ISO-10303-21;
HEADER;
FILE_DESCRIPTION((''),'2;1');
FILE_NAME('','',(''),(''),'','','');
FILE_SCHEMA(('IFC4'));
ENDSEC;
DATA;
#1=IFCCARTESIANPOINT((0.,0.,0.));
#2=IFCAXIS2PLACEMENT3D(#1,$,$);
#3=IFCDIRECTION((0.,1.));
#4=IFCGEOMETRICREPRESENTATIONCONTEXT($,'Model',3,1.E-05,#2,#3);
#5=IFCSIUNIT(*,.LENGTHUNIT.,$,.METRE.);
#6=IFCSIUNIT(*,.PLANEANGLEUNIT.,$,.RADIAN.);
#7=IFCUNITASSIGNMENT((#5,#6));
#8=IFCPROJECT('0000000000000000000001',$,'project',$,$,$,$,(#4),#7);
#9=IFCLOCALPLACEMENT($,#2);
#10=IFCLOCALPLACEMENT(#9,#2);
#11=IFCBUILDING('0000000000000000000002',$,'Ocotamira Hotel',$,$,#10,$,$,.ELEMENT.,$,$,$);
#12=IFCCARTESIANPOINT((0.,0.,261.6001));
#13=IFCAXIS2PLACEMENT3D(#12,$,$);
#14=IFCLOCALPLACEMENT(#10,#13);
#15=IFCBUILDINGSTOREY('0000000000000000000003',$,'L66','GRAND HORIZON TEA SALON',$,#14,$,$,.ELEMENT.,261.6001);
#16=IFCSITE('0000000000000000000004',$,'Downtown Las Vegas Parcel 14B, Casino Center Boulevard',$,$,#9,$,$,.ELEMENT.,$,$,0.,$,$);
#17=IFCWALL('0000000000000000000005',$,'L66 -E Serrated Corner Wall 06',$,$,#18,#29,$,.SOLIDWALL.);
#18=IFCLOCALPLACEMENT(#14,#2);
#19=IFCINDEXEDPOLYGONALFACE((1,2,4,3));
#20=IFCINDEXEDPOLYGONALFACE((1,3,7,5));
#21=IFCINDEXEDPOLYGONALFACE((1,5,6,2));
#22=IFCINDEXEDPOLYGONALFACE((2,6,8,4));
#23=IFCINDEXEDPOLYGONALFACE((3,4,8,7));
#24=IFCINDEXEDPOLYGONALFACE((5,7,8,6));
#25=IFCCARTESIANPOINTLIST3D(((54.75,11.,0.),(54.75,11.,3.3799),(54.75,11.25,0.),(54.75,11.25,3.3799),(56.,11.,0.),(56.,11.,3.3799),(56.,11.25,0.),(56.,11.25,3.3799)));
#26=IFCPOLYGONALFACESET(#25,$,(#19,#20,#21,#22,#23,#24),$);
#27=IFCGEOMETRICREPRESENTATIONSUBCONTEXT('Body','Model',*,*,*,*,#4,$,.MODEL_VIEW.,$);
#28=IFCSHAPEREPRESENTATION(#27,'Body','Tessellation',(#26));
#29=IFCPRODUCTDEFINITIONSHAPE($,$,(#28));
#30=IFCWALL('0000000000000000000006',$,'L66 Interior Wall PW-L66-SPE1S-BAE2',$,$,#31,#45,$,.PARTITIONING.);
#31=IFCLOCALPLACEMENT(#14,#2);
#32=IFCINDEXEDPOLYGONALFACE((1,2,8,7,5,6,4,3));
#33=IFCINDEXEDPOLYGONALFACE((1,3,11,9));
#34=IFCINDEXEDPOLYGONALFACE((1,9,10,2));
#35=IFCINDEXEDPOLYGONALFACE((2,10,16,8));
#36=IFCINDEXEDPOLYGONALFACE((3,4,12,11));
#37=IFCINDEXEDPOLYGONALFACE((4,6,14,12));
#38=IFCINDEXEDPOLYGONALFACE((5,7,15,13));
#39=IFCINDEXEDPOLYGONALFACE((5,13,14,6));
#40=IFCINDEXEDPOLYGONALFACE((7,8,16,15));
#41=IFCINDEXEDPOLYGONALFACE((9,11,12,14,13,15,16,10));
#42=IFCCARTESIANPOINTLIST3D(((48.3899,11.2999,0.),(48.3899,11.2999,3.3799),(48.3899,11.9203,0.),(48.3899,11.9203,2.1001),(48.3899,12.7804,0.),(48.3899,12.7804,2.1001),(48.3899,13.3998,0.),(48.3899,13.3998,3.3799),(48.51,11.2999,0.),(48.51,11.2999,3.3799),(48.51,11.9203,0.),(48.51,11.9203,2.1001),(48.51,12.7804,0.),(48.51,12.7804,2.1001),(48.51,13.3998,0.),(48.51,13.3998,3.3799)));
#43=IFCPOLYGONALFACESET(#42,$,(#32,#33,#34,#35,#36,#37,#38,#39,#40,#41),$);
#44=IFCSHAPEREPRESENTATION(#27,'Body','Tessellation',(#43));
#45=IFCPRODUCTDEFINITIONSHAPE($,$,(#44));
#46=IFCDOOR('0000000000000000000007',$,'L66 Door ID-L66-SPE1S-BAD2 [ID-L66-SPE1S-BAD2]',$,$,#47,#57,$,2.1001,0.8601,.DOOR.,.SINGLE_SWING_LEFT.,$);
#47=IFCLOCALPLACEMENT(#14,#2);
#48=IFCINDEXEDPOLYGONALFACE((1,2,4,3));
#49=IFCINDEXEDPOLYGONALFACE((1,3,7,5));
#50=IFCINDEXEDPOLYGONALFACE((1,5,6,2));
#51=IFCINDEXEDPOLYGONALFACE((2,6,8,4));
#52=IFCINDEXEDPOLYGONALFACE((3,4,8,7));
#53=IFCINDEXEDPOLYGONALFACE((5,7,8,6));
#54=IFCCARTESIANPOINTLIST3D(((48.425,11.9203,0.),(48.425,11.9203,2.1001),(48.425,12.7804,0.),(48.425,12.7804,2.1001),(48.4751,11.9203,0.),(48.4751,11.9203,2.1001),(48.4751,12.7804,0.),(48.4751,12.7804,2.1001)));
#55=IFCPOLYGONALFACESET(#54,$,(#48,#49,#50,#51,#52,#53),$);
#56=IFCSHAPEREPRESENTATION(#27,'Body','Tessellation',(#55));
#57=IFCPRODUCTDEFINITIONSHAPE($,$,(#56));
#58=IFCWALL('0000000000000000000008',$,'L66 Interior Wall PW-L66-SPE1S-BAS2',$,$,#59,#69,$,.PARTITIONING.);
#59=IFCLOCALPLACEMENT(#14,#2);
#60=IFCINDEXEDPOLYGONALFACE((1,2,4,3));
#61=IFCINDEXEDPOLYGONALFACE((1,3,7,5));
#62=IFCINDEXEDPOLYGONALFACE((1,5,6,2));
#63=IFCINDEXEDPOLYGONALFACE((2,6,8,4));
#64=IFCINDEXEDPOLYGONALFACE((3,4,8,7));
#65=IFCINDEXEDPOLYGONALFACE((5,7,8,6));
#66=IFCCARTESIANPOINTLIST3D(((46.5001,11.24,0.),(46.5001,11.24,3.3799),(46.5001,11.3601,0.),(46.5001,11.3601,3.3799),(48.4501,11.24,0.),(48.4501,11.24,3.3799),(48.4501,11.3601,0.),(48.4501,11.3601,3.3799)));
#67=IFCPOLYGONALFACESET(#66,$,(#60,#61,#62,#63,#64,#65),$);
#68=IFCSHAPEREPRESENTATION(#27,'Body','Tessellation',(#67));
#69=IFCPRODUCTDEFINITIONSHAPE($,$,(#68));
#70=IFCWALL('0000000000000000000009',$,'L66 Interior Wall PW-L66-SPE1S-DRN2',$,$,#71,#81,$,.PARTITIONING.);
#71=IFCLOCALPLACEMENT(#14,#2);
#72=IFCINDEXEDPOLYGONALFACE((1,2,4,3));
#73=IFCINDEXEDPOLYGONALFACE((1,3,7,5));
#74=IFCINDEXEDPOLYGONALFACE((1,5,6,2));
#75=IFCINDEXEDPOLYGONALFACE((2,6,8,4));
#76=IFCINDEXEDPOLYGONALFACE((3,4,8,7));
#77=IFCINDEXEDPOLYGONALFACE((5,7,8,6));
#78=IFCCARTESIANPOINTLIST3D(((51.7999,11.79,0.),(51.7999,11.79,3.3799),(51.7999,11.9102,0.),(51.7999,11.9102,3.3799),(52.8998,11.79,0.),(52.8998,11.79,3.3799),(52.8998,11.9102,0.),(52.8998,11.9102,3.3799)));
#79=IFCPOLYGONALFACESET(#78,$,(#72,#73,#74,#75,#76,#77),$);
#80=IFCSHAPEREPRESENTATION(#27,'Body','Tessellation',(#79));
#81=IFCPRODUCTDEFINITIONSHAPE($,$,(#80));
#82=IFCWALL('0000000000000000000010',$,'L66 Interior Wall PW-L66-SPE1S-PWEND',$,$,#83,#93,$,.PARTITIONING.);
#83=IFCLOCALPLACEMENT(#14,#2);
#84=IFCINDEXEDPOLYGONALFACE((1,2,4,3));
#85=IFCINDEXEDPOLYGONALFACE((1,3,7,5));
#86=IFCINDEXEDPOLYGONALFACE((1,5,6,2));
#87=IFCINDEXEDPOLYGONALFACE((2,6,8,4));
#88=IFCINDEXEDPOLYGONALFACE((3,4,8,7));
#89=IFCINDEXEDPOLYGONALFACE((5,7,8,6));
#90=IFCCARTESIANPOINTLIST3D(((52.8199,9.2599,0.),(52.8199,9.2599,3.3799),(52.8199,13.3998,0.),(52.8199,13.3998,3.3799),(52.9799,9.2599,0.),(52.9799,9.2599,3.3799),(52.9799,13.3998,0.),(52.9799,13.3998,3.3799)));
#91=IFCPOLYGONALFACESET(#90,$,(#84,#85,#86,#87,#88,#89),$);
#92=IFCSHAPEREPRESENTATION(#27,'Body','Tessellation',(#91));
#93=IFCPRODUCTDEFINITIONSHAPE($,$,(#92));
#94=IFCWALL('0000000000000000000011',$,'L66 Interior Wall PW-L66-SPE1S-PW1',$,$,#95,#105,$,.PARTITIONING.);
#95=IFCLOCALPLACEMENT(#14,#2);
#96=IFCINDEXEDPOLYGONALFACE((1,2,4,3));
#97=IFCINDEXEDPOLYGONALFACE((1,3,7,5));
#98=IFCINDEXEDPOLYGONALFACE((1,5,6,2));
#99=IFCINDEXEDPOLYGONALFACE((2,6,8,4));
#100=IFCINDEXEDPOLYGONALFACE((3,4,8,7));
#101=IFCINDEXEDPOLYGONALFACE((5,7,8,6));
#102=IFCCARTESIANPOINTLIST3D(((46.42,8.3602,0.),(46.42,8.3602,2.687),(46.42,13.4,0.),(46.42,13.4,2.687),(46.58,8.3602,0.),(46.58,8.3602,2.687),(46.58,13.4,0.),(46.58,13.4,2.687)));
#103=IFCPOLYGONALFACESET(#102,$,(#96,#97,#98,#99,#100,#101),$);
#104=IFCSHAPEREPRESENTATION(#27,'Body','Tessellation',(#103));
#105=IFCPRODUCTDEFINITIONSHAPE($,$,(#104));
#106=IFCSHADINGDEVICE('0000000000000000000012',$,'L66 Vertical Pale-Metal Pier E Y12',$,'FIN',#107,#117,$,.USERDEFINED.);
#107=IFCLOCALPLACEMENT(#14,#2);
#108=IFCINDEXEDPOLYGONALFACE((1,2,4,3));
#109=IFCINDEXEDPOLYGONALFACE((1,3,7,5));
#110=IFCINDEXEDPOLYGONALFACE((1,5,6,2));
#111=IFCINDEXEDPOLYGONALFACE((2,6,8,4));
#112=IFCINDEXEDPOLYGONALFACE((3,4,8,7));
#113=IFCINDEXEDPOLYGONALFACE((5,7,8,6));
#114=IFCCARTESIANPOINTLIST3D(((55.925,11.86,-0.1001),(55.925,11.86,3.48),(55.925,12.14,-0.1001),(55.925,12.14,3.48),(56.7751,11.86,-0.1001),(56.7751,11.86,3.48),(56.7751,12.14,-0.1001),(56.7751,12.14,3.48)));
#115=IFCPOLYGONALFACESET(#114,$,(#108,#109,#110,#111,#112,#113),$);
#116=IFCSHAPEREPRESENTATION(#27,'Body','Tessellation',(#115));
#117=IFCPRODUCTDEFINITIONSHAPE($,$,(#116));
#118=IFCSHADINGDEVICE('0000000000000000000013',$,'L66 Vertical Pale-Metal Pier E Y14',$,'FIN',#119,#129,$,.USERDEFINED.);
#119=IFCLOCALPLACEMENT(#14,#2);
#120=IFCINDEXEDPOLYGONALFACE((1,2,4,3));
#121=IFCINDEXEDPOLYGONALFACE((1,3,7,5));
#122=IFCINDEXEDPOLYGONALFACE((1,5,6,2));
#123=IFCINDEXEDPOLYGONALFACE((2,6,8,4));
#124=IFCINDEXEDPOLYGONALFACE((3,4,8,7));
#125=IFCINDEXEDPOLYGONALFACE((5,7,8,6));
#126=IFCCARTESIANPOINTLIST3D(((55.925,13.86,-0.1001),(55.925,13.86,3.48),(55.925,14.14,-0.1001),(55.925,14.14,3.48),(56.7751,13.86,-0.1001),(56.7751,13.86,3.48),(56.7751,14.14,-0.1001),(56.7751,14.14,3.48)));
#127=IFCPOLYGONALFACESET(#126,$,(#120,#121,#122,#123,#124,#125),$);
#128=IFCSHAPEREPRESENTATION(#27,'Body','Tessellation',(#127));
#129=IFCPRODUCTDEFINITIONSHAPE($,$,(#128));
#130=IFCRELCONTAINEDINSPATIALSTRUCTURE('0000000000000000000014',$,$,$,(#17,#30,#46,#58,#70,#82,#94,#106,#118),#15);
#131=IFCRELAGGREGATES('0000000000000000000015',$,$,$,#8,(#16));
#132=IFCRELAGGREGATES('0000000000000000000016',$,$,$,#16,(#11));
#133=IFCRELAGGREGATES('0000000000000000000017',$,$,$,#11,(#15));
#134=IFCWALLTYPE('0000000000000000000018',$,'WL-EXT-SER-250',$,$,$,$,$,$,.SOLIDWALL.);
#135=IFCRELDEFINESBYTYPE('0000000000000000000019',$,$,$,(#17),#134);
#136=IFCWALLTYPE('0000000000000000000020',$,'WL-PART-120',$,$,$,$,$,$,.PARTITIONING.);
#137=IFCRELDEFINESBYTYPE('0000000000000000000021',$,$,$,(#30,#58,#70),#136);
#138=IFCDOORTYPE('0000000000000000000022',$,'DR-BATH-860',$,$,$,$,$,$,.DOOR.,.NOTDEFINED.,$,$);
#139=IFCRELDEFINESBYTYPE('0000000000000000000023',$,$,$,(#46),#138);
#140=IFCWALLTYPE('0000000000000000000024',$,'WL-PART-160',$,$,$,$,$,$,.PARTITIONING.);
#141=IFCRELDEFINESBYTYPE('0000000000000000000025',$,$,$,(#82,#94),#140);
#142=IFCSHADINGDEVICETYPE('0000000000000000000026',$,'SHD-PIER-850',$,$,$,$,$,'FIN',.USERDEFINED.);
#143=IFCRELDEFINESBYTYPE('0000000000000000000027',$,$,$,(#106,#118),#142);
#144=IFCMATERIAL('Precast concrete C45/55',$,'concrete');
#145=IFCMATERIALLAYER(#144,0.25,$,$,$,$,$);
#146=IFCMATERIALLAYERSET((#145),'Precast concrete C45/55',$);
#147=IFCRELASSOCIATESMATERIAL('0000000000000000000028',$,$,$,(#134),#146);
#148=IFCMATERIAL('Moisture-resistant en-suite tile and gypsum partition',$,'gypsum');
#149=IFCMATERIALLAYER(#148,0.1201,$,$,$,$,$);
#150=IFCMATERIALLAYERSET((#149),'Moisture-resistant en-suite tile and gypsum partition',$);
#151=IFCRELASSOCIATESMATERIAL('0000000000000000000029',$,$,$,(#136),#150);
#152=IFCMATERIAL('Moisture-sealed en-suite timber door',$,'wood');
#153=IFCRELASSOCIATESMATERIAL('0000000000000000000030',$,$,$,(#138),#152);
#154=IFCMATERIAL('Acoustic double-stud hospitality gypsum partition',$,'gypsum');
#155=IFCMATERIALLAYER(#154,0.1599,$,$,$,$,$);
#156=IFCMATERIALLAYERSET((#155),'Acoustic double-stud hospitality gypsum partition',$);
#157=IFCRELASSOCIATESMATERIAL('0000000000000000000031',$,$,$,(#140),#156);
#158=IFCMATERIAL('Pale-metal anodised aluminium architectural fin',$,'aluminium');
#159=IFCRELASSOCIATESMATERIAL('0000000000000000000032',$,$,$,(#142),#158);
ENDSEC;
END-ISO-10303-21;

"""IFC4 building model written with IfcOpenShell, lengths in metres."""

from ifc_helpers import new_model, si_unit, direction, frame, frame_2d, origin, origin_2d, place, context, subcontext, project, spatial, rectangle, extrude, source, transform, mapped, material, layer, layer_set, type_object, element, fill, save


model = new_model("IFC4")

# Units and contexts
model_context = context("Model", 3, precision=1e-05, world=origin(), true_north=direction((0.0, 1.0)))
body_context = subcontext(model_context, "Body", "Model", "MODEL_VIEW")
ifc_project = project(units=[si_unit("LENGTHUNIT", "METRE"), si_unit("PLANEANGLEUNIT", "RADIAN")], contexts=[model_context])

# Site, building, storey
site_placement = place(None, origin())
site = spatial("IfcSite", under=ifc_project, at=site_placement, Name="Downtown Las Vegas Parcel 14B, Casino Center Boulevard", CompositionType="ELEMENT", RefElevation=0.0)
building_placement = place(site_placement, origin())
building = spatial("IfcBuilding", under=site, at=building_placement, Name="Ocotamira Hotel", CompositionType="ELEMENT")
storey_placement = place(building_placement, frame((0.0, 0.0, 261.6001)))
storey = spatial("IfcBuildingStorey", under=building, at=storey_placement, Name="L66", Description="GRAND HORIZON TEA SALON", CompositionType="ELEMENT", Elevation=261.6001)

# Wall
ifc_material_1 = material(Name="Precast concrete C45/55", Category="concrete")
ifc_layer_1 = layer(ifc_material_1, 0.25)
ifc_layer_set_1 = layer_set([ifc_layer_1], Name="Precast concrete C45/55")
wall_type_1 = type_object("IfcWallType", Name="WL-EXT-SER-250", PredefinedType="SOLIDWALL", material=ifc_layer_set_1)
wall_1_placement = place(storey_placement, frame((54.75, 11.125, 0.0), z_axis=(0.0, 0.0, 1.0), x_axis=(1.0, 0.0, 0.0)))
element("IfcWall", 1, at=wall_1_placement, inside=storey, type_object=wall_type_1, Name="L66 -E Serrated Corner Wall 06", PredefinedType="SOLIDWALL", context=body_context, shape_type="SweptSolid", body=[
    extrude(rectangle(XDim=1.25, YDim=0.25, at=frame_2d((0.625, 0.0))), origin(), (0.0, 0.0, 1.0), 3.3799),
])

# Wall, opening, door
ifc_material_2 = material(Name="Moisture-resistant en-suite tile and gypsum partition", Category="gypsum")
ifc_layer_2 = layer(ifc_material_2, 0.1201)
ifc_layer_set_2 = layer_set([ifc_layer_2], Name="Moisture-resistant en-suite tile and gypsum partition")
wall_type_2 = type_object("IfcWallType", Name="WL-PART-120", PredefinedType="PARTITIONING", material=ifc_layer_set_2)
wall_2_placement = place(storey_placement, frame((48.45, 11.3, 0.0), z_axis=(0.0, 0.0, 1.0), x_axis=(0.0, 1.0, 0.0)))
wall_2 = element("IfcWall", 2, at=wall_2_placement, inside=storey, type_object=wall_type_2, Name="L66 Interior Wall PW-L66-SPE1S-BAE2", PredefinedType="PARTITIONING", context=body_context, shape_type="SweptSolid", body=[
    extrude(rectangle(XDim=2.0999, YDim=0.1201, at=frame_2d((1.0498, 0.0))), origin(), (0.0, 0.0, 1.0), 3.3799),
])
opening_1_placement = place(wall_2_placement, frame((0.6201, 0.0, 0.0)))
opening_1 = element("IfcOpeningElement", 3, at=opening_1_placement, cuts=wall_2, PredefinedType="OPENING", context=body_context, shape_type="SweptSolid", body=[
    extrude(rectangle(XDim=0.8601, YDim=2.1001, at=frame_2d((0.4302, 1.05))), frame((0.0, 0.0701, 0.0), z_axis=(0.0, -1.0, 0.0), x_axis=(1.0, 0.0, 0.0)), (0.0, 0.0, 1.0), 0.1401),
])
ifc_material_3 = material(Name="Moisture-sealed en-suite timber door", Category="wood")
door_type_1 = type_object("IfcDoorType", Name="DR-BATH-860", OperationType="NOTDEFINED", PredefinedType="DOOR", material=ifc_material_3)
shared_shape_1 = source(origin(), body_context, "Body", "SweptSolid", [
    extrude(rectangle(XDim=0.8601, YDim=2.1001, at=frame_2d((0.4302, 1.05))), frame((0.0, 0.0249, 0.0), z_axis=(0.0, -1.0, 0.0), x_axis=(1.0, 0.0, 0.0)), (0.0, 0.0, 1.0), 0.05),
])
door_1_placement = place(opening_1_placement, origin())
door_1 = element("IfcDoor", 4, at=door_1_placement, inside=storey, type_object=door_type_1, Name="L66 Door ID-L66-SPE1S-BAD2 [ID-L66-SPE1S-BAD2]", OperationType="SINGLE_SWING_LEFT", OverallHeight=2.1001, OverallWidth=0.8601, PredefinedType="DOOR", context=body_context, shape_type="MappedRepresentation", body=[
    mapped(shared_shape_1, transform((0.0, 0.0, 0.0), scale=1.0)),
])
fill(opening_1, door_1)

# Walls
wall_3_placement = place(storey_placement, frame((46.5, 11.3, 0.0), z_axis=(0.0, 0.0, 1.0), x_axis=(1.0, 0.0, 0.0)))
element("IfcWall", 5, at=wall_3_placement, inside=storey, type_object=wall_type_2, Name="L66 Interior Wall PW-L66-SPE1S-BAS2", PredefinedType="PARTITIONING", context=body_context, shape_type="SweptSolid", body=[
    extrude(rectangle(XDim=1.95, YDim=0.1201, at=frame_2d((0.9751, 0.0))), origin(), (0.0, 0.0, 1.0), 3.3799),
])
wall_4_placement = place(storey_placement, frame((51.8, 11.8501, 0.0), z_axis=(0.0, 0.0, 1.0), x_axis=(1.0, 0.0, 0.0)))
element("IfcWall", 6, at=wall_4_placement, inside=storey, type_object=wall_type_2, Name="L66 Interior Wall PW-L66-SPE1S-DRN2", PredefinedType="PARTITIONING", context=body_context, shape_type="SweptSolid", body=[
    extrude(rectangle(XDim=1.0999, YDim=0.1201, at=frame_2d((0.5498, 0.0))), origin(), (0.0, 0.0, 1.0), 3.3799),
])
ifc_material_4 = material(Name="Acoustic double-stud hospitality gypsum partition", Category="gypsum")
ifc_layer_3 = layer(ifc_material_4, 0.1599)
ifc_layer_set_3 = layer_set([ifc_layer_3], Name="Acoustic double-stud hospitality gypsum partition")
wall_type_3 = type_object("IfcWallType", Name="WL-PART-160", PredefinedType="PARTITIONING", material=ifc_layer_set_3)
wall_5_placement = place(storey_placement, frame((52.8999, 9.26, 0.0), z_axis=(0.0, 0.0, 1.0), x_axis=(0.0, 1.0, 0.0)))
element("IfcWall", 7, at=wall_5_placement, inside=storey, type_object=wall_type_3, Name="L66 Interior Wall PW-L66-SPE1S-PWEND", PredefinedType="PARTITIONING", context=body_context, shape_type="SweptSolid", body=[
    extrude(rectangle(XDim=4.1399, YDim=0.1599, at=frame_2d((2.0698, 0.0))), origin(), (0.0, 0.0, 1.0), 3.3799),
])
wall_6_placement = place(storey_placement, frame((46.5, 8.3601, 0.0), z_axis=(0.0, 0.0, 1.0), x_axis=(0.0, 1.0, 0.0)))
element("IfcWall", 8, at=wall_6_placement, inside=storey, type_object=wall_type_3, Name="L66 Interior Wall PW-L66-SPE1S-PW1", PredefinedType="PARTITIONING", context=body_context, shape_type="SweptSolid", body=[
    extrude(rectangle(XDim=5.0398, YDim=0.1599, at=frame_2d((2.52, 0.0))), origin(), (0.0, 0.0, 1.0), 2.687),
])

# Shading devices
ifc_material_5 = material(Name="Pale-metal anodised aluminium architectural fin", Category="aluminium")
shading_device_type = type_object("IfcShadingDeviceType", Name="SHD-PIER-850", ElementType="FIN", PredefinedType="USERDEFINED", material=ifc_material_5)
shared_shape_2 = source(origin(), body_context, "Body", "SweptSolid", [
    extrude(rectangle(XDim=0.8501, YDim=0.28, at=origin_2d()), origin(), (0.0, 0.0, 1.0), 3.5801),
])
for number, where, z_axis, x_axis, name in (
    (9, (56.3501, 12.0, -0.1001), (0.0, 0.0, 1.0), (1.0, 0.0, 0.0), "L66 Vertical Pale-Metal Pier E Y12"),
    (10, (56.3501, 14.0, -0.1001), (0.0, 0.0, 1.0), (1.0, 0.0, 0.0), "L66 Vertical Pale-Metal Pier E Y14"),
):
    element("IfcShadingDevice", number, at=place(storey_placement, frame(where, z_axis=z_axis, x_axis=x_axis)), inside=storey, type_object=shading_device_type, Name=name, ObjectType="FIN", PredefinedType="USERDEFINED", context=body_context, shape_type="MappedRepresentation", body=[
        mapped(shared_shape_2, transform((0.0, 0.0, 0.0), scale=1.0)),
    ])

save(model, "model.ifc")
